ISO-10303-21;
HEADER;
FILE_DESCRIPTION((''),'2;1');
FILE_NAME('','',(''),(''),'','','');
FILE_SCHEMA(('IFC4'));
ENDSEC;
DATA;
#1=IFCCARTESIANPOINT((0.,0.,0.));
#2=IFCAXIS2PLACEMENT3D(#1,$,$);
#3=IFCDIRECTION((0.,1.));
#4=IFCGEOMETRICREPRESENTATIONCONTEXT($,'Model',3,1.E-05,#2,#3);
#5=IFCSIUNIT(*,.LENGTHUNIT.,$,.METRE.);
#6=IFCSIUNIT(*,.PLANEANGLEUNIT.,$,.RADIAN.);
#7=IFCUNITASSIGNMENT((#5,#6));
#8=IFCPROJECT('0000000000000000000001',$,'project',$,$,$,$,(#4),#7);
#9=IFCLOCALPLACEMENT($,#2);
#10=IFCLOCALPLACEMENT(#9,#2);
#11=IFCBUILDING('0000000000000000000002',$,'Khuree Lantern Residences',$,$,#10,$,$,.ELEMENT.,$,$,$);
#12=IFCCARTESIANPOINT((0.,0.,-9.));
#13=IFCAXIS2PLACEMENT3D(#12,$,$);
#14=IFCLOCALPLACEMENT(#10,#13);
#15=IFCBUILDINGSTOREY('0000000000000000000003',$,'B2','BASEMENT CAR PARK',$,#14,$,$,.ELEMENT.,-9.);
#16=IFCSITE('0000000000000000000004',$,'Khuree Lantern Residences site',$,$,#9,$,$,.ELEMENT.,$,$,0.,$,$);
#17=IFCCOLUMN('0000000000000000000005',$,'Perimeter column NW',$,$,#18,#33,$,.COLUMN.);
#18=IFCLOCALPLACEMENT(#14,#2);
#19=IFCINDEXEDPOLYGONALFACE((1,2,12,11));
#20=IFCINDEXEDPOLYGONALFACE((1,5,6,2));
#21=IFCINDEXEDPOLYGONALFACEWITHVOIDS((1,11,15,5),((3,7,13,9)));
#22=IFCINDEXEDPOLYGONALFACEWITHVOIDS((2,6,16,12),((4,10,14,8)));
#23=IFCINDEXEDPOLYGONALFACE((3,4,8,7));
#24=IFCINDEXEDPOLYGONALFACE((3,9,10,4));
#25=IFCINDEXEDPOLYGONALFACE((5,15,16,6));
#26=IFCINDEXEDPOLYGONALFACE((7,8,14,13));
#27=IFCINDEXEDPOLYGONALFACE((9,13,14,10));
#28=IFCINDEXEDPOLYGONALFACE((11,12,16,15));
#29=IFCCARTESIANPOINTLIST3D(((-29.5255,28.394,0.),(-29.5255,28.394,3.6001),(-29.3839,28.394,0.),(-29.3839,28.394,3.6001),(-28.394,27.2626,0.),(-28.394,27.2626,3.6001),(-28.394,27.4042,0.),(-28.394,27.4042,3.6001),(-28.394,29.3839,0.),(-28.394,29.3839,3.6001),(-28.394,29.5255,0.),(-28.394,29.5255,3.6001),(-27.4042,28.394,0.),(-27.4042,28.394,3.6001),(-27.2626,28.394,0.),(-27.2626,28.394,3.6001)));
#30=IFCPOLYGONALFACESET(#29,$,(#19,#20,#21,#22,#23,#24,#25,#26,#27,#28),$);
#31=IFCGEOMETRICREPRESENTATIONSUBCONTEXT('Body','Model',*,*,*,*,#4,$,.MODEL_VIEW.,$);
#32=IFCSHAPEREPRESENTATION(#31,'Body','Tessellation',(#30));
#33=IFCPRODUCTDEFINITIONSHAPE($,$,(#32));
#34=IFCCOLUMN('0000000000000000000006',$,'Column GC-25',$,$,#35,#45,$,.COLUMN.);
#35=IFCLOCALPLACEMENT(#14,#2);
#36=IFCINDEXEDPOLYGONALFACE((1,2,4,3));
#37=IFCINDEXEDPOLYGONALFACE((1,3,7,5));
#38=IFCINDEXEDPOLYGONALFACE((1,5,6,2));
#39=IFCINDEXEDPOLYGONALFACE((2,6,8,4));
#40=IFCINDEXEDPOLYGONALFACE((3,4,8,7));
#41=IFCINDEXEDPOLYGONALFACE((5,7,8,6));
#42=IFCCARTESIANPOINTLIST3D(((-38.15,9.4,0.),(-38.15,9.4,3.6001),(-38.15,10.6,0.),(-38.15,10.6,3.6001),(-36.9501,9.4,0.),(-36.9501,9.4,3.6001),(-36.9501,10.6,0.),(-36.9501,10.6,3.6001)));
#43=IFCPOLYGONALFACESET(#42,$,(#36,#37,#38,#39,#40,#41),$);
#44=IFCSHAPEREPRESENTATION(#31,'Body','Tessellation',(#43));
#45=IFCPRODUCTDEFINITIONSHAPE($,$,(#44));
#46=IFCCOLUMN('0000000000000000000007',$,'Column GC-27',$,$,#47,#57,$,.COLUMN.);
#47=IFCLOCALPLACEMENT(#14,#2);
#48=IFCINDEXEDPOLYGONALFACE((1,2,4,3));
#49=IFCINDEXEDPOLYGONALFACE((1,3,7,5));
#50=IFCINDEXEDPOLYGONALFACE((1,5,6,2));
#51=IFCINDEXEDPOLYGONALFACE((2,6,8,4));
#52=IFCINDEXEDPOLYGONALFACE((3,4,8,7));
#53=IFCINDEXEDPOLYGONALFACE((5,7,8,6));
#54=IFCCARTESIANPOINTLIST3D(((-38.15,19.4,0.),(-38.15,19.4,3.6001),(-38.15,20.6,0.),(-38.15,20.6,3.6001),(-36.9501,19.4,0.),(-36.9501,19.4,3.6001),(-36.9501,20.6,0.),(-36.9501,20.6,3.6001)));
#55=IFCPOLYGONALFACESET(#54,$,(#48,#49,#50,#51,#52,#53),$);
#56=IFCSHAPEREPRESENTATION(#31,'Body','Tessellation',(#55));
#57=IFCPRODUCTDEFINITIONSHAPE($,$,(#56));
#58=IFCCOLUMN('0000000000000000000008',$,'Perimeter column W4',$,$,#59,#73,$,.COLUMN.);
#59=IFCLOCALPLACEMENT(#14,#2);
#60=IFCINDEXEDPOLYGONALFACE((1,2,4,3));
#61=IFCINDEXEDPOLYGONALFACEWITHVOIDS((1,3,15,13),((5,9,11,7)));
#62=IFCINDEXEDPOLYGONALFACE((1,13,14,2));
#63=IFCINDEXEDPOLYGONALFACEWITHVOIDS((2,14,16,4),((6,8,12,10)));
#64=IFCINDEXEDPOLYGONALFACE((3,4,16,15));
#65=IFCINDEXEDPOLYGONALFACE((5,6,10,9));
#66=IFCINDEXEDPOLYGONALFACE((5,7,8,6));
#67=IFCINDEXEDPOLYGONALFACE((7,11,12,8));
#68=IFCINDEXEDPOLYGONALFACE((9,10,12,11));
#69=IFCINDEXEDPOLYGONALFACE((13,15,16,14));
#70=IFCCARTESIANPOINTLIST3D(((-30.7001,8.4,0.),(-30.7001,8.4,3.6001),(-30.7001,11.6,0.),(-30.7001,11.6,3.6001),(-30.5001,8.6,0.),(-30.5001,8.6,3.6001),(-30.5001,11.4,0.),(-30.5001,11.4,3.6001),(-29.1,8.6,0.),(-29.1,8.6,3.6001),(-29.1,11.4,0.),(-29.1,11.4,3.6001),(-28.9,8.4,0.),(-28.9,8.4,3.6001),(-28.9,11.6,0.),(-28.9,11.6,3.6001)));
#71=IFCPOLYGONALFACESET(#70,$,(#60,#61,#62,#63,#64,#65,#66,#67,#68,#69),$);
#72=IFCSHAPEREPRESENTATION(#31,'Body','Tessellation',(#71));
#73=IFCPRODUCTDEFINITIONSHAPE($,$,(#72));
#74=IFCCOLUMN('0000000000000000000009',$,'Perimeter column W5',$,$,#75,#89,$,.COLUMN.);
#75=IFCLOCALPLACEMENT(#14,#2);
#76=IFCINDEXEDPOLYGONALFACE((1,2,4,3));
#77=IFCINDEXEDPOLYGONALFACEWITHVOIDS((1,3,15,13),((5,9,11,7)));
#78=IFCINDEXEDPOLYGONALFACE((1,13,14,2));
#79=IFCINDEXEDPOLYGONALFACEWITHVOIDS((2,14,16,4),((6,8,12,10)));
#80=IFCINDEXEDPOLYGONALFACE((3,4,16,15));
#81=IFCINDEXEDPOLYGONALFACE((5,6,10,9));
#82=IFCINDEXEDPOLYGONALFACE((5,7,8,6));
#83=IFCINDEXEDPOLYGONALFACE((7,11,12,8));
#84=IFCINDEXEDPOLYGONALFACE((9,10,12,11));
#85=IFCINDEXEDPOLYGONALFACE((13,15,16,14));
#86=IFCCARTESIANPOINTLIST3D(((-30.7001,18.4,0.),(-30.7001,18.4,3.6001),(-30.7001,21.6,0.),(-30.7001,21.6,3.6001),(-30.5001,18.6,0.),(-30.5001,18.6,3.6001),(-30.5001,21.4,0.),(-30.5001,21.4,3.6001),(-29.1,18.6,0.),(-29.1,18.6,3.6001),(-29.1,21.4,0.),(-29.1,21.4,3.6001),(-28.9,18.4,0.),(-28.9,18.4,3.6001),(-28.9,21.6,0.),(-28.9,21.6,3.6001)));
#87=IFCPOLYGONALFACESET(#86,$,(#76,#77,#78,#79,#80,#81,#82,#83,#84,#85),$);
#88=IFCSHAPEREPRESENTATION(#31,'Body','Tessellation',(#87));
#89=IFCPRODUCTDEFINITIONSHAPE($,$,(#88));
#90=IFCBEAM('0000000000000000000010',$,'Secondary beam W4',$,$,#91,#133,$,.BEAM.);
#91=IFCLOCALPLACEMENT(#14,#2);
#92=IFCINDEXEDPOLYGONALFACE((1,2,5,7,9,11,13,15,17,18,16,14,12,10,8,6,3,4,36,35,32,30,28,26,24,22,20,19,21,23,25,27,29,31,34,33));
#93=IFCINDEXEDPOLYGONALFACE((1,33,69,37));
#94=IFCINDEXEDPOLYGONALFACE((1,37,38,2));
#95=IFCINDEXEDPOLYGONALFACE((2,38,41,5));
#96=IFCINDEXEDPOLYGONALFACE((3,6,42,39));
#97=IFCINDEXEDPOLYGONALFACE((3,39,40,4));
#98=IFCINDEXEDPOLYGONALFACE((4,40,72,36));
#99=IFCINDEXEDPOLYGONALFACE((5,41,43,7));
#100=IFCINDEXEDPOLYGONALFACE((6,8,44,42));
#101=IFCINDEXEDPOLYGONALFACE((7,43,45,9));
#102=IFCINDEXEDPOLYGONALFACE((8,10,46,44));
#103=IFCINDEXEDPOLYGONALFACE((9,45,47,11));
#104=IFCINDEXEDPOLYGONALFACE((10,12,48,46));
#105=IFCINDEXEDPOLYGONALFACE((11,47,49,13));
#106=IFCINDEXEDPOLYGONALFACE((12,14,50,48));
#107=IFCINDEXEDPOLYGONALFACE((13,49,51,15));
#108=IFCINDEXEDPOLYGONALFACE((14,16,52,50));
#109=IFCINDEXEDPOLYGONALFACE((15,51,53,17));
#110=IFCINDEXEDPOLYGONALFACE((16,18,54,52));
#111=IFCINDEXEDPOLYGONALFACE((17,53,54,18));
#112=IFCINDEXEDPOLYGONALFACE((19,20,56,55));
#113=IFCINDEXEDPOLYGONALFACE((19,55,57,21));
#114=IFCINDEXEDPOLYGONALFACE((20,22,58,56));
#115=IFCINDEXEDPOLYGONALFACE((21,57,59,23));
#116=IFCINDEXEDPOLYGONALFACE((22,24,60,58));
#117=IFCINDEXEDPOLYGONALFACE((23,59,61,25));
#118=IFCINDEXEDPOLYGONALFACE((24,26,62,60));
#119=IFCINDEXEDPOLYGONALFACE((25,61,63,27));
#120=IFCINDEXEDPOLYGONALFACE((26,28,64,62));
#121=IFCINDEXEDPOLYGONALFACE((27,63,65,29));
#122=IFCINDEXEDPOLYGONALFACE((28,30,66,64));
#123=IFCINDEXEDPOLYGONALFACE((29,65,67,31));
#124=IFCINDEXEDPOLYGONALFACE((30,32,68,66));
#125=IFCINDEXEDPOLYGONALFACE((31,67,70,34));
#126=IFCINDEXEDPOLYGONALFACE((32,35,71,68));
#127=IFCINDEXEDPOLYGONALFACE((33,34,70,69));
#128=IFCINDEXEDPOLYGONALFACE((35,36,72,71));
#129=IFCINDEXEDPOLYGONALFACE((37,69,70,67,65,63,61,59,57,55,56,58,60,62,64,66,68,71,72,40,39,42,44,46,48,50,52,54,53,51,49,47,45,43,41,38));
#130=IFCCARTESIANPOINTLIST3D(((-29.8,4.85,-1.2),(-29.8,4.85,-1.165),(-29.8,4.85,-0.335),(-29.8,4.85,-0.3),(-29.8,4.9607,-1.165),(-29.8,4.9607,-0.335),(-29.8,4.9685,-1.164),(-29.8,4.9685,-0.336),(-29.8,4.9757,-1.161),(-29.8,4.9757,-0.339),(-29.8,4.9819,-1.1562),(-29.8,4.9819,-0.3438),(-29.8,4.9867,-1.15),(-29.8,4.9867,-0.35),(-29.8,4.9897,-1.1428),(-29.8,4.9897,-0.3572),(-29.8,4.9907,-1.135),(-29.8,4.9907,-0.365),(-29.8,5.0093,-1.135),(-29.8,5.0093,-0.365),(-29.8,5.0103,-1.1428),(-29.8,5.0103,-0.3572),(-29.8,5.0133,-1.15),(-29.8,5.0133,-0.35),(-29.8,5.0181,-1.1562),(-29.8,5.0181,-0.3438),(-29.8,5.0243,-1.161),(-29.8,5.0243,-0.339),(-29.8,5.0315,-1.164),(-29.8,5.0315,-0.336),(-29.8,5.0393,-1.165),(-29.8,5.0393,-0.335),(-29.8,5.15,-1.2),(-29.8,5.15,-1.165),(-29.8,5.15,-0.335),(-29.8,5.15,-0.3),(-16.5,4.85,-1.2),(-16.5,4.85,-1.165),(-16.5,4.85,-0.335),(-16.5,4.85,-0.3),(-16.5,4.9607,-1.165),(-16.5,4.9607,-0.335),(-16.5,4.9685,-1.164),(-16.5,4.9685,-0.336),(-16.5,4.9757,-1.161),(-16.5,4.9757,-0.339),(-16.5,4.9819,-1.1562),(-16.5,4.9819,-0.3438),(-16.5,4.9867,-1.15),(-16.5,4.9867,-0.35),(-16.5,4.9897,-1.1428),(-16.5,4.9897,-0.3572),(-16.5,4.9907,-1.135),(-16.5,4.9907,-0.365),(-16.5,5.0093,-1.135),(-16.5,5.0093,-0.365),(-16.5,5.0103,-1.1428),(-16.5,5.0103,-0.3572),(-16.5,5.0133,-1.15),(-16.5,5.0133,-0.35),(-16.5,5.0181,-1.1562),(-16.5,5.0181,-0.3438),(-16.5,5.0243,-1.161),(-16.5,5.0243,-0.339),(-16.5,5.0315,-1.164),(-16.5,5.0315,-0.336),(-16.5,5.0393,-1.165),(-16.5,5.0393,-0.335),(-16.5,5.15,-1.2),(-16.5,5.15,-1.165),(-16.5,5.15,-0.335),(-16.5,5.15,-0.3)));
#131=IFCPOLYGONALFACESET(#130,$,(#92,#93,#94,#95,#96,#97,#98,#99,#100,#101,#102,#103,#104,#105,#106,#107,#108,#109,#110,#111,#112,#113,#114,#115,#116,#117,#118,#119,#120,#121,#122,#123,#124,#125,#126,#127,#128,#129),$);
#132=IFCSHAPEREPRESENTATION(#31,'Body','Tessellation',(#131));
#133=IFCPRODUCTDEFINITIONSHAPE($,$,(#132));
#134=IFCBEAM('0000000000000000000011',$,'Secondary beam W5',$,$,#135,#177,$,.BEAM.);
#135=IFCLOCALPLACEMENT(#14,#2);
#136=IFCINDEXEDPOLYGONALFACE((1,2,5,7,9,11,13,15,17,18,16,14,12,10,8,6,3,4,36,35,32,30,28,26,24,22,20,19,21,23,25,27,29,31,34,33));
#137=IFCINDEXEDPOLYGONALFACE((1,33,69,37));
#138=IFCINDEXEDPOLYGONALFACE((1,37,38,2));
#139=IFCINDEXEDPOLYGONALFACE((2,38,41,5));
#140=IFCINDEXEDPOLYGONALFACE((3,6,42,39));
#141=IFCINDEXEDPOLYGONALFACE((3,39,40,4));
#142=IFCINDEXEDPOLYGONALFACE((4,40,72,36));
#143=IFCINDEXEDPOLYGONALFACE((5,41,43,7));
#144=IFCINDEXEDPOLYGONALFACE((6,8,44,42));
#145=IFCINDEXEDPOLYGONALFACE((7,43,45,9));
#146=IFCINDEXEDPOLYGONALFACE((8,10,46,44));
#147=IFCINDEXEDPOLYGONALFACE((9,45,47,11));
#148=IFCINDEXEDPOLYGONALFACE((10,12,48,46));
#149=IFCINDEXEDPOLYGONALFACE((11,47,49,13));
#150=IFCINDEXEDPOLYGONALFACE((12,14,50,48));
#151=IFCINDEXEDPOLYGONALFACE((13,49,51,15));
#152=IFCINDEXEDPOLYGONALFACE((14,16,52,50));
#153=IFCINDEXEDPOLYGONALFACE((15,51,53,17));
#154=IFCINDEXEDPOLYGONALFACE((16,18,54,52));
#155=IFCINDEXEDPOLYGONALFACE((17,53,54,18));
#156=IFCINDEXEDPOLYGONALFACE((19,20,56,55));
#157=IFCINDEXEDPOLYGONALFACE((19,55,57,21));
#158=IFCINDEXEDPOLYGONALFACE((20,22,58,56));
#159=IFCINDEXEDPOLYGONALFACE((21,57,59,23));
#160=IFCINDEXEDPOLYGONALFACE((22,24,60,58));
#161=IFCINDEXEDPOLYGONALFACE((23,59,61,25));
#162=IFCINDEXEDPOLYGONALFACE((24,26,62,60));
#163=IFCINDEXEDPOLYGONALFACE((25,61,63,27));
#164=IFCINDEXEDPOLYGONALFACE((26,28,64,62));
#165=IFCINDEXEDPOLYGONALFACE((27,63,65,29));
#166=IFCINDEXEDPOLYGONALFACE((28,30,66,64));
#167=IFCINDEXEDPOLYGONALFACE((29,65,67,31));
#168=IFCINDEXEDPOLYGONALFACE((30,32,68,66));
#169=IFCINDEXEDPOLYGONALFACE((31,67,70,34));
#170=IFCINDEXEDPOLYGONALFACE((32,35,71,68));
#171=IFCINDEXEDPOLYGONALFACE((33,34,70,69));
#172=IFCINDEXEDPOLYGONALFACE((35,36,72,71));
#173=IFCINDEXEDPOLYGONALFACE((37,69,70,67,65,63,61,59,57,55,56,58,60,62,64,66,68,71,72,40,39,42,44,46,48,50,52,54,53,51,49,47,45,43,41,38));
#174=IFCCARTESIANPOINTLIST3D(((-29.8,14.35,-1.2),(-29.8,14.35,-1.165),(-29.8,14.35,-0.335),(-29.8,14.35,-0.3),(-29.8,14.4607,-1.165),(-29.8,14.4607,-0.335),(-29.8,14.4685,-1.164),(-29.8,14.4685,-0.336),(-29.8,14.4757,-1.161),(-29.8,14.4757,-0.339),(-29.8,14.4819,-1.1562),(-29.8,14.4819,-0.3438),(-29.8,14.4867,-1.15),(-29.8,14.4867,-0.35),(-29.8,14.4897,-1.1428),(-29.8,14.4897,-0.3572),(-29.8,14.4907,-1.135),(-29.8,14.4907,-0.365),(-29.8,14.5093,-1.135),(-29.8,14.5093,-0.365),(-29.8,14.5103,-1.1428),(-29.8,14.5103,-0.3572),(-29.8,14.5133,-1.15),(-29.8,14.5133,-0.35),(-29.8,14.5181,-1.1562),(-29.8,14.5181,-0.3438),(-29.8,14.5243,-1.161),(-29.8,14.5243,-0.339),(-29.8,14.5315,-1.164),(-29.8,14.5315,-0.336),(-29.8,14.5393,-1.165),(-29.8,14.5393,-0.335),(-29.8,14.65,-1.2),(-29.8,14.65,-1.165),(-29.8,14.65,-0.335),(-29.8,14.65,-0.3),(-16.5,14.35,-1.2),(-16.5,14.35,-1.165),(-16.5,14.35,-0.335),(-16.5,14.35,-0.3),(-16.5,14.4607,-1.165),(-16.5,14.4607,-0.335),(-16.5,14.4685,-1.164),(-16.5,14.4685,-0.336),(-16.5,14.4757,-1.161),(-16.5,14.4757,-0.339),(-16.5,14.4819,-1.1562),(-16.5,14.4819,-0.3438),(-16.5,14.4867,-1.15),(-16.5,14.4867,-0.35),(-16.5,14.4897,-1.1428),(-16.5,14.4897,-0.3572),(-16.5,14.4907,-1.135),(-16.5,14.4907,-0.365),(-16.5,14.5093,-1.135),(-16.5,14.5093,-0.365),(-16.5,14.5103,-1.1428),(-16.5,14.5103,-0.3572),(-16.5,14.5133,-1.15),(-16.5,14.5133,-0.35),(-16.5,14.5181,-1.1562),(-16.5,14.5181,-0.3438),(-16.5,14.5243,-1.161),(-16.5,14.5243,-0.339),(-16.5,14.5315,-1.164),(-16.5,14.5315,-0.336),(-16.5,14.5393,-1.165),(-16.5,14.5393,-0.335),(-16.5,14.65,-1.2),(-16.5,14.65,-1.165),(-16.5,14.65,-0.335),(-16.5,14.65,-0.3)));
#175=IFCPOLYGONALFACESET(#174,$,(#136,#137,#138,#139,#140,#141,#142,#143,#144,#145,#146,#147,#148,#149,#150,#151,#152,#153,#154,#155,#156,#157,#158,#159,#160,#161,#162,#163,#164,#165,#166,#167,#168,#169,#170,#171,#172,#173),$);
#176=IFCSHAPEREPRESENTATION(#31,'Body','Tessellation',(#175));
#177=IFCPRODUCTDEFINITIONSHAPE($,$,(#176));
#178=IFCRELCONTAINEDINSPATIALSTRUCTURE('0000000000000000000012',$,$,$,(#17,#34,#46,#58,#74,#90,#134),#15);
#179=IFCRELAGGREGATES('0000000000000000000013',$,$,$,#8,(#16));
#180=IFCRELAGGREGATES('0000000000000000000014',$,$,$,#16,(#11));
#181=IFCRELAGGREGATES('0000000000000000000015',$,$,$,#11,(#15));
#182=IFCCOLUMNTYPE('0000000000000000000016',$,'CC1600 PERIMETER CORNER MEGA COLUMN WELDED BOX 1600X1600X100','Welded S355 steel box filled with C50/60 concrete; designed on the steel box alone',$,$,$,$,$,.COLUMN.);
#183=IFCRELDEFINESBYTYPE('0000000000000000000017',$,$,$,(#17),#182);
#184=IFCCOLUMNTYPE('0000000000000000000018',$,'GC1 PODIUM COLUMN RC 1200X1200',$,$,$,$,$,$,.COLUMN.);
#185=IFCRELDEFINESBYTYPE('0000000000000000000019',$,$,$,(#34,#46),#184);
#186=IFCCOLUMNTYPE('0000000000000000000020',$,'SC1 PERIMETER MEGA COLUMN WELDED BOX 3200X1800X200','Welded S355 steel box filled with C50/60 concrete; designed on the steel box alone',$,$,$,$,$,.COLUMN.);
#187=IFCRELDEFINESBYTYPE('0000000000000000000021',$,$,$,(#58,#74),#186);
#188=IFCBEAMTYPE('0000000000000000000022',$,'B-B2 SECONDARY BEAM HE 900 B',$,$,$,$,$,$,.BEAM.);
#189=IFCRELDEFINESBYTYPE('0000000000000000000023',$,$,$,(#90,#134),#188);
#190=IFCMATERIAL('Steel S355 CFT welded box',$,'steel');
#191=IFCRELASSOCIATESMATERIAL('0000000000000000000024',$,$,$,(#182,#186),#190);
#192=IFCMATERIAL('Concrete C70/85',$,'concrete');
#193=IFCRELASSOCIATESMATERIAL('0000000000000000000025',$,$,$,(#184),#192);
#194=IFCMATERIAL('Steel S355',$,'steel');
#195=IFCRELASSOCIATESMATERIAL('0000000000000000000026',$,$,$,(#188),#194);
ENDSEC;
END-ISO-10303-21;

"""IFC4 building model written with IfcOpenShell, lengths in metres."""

from ifc_helpers import new_model, si_unit, direction, frame, origin, origin_2d, place, context, subcontext, project, spatial, rectangle, hollow_rectangle, i_section, extrude, material, material_profile, profile_set, type_object, element, save


model = new_model("IFC4")

# Units and contexts
model_context = context("Model", 3, precision=1e-05, world=origin(), true_north=direction((0.0, 1.0)))
body_context = subcontext(model_context, "Body", "Model", "MODEL_VIEW")
ifc_project = project(units=[si_unit("LENGTHUNIT", "METRE"), si_unit("PLANEANGLEUNIT", "RADIAN")], contexts=[model_context])

# Site, building, storey
site_placement = place(None, origin())
site = spatial("IfcSite", under=ifc_project, at=site_placement, Name="Khuree Lantern Residences site", CompositionType="ELEMENT", RefElevation=0.0)
building_placement = place(site_placement, origin())
building = spatial("IfcBuilding", under=site, at=building_placement, Name="Khuree Lantern Residences", CompositionType="ELEMENT")
storey_placement = place(building_placement, frame((0.0, 0.0, -9.0)))
storey = spatial("IfcBuildingStorey", under=building, at=storey_placement, Name="B2", Description="BASEMENT CAR PARK", CompositionType="ELEMENT", Elevation=-9.0)

# Columns
ifc_material_1 = material(Name="Steel S355 CFT welded box", Category="steel")
ifc_material_profile_1 = material_profile(ifc_material_1, hollow_rectangle(XDim=1.6001, YDim=1.6001, WallThickness=0.1001, at=origin_2d()), Name="WELDED BOX 1600X1600X100")
ifc_profile_set_1 = profile_set([ifc_material_profile_1], Name="Steel S355 CFT welded box")
column_type_1 = type_object("IfcColumnType", Name="CC1600 PERIMETER CORNER MEGA COLUMN WELDED BOX 1600X1600X100", Description="Welded S355 steel box filled with C50/60 concrete; designed on the steel box alone", PredefinedType="COLUMN", material=ifc_profile_set_1)
column_placement = place(storey_placement, frame((-28.394, 28.394, 0.0), z_axis=(0.0, 0.0, 1.0), x_axis=(0.707107, 0.707107, 0.0)))
element("IfcColumn", 1, at=column_placement, inside=storey, type_object=column_type_1, Name="Perimeter column NW", PredefinedType="COLUMN", context=body_context, shape_type="SweptSolid", body=[
    extrude(hollow_rectangle(XDim=1.6001, YDim=1.6001, WallThickness=0.1001, at=origin_2d()), origin(), (0.0, 0.0, 1.0), 3.6001),
])
ifc_material_2 = material(Name="Concrete C70/85", Category="concrete")
ifc_material_profile_2 = material_profile(ifc_material_2, rectangle(XDim=1.2, YDim=1.2, at=origin_2d()), Name="RC 1200X1200")
ifc_profile_set_2 = profile_set([ifc_material_profile_2], Name="Concrete C70/85")
column_type_2 = type_object("IfcColumnType", Name="GC1 PODIUM COLUMN RC 1200X1200", PredefinedType="COLUMN", material=ifc_profile_set_2)
for number, where, z_axis, x_axis, name in (
    (2, (-37.55, 10.0, 0.0), (0.0, 0.0, 1.0), (1.0, 0.0, 0.0), "Column GC-25"),
    (3, (-37.55, 20.0, 0.0), (0.0, 0.0, 1.0), (1.0, 0.0, 0.0), "Column GC-27"),
):
    element("IfcColumn", number, at=place(storey_placement, frame(where, z_axis=z_axis, x_axis=x_axis)), inside=storey, type_object=column_type_2, Name=name, PredefinedType="COLUMN", context=body_context, shape_type="SweptSolid", body=[
        extrude(rectangle(XDim=1.2, YDim=1.2, at=origin_2d()), origin(), (0.0, 0.0, 1.0), 3.6001),
    ])
ifc_material_profile_3 = material_profile(ifc_material_1, hollow_rectangle(XDim=3.2, YDim=1.8, WallThickness=0.2, at=origin_2d()), Name="WELDED BOX 3200X1800X200")
ifc_profile_set_3 = profile_set([ifc_material_profile_3], Name="Steel S355 CFT welded box")
column_type_3 = type_object("IfcColumnType", Name="SC1 PERIMETER MEGA COLUMN WELDED BOX 3200X1800X200", Description="Welded S355 steel box filled with C50/60 concrete; designed on the steel box alone", PredefinedType="COLUMN", material=ifc_profile_set_3)
for number, where, z_axis, x_axis, name in (
    (4, (-29.8, 10.0, 0.0), (0.0, 0.0, 1.0), (0.0, 1.0, 0.0), "Perimeter column W4"),
    (5, (-29.8, 20.0, 0.0), (0.0, 0.0, 1.0), (0.0, 1.0, 0.0), "Perimeter column W5"),
):
    element("IfcColumn", number, at=place(storey_placement, frame(where, z_axis=z_axis, x_axis=x_axis)), inside=storey, type_object=column_type_3, Name=name, PredefinedType="COLUMN", context=body_context, shape_type="SweptSolid", body=[
        extrude(hollow_rectangle(XDim=3.2, YDim=1.8, WallThickness=0.2, at=origin_2d()), origin(), (0.0, 0.0, 1.0), 3.6001),
    ])

# Beams
ifc_material_3 = material(Name="Steel S355", Category="steel")
ifc_material_profile_4 = material_profile(ifc_material_3, i_section(OverallWidth=0.3, OverallDepth=0.8999, WebThickness=0.0186, FlangeThickness=0.0349, FilletRadius=0.03, at=origin_2d()), Name="HE 900 B")
ifc_profile_set_4 = profile_set([ifc_material_profile_4], Name="Steel S355")
beam_type_1 = type_object("IfcBeamType", Name="B-B2 SECONDARY BEAM HE 900 B", PredefinedType="BEAM", material=ifc_profile_set_4)
for number, where, z_axis, x_axis, name in (
    (6, (-29.8, 5.0, -0.75), (1.0, 0.0, 0.0), (0.0, 1.0, 0.0), "Secondary beam W4"),
    (7, (-29.8, 14.5, -0.75), (1.0, 0.0, 0.0), (0.0, 1.0, 0.0), "Secondary beam W5"),
):
    element("IfcBeam", number, at=place(storey_placement, frame(where, z_axis=z_axis, x_axis=x_axis)), inside=storey, type_object=beam_type_1, Name=name, PredefinedType="BEAM", context=body_context, shape_type="SweptSolid", body=[
        extrude(i_section(OverallWidth=0.3, OverallDepth=0.8999, WebThickness=0.0186, FlangeThickness=0.0349, FilletRadius=0.03, at=origin_2d()), origin(), (0.0, 0.0, 1.0), 13.3),
    ])

save(model, "model.ifc")
